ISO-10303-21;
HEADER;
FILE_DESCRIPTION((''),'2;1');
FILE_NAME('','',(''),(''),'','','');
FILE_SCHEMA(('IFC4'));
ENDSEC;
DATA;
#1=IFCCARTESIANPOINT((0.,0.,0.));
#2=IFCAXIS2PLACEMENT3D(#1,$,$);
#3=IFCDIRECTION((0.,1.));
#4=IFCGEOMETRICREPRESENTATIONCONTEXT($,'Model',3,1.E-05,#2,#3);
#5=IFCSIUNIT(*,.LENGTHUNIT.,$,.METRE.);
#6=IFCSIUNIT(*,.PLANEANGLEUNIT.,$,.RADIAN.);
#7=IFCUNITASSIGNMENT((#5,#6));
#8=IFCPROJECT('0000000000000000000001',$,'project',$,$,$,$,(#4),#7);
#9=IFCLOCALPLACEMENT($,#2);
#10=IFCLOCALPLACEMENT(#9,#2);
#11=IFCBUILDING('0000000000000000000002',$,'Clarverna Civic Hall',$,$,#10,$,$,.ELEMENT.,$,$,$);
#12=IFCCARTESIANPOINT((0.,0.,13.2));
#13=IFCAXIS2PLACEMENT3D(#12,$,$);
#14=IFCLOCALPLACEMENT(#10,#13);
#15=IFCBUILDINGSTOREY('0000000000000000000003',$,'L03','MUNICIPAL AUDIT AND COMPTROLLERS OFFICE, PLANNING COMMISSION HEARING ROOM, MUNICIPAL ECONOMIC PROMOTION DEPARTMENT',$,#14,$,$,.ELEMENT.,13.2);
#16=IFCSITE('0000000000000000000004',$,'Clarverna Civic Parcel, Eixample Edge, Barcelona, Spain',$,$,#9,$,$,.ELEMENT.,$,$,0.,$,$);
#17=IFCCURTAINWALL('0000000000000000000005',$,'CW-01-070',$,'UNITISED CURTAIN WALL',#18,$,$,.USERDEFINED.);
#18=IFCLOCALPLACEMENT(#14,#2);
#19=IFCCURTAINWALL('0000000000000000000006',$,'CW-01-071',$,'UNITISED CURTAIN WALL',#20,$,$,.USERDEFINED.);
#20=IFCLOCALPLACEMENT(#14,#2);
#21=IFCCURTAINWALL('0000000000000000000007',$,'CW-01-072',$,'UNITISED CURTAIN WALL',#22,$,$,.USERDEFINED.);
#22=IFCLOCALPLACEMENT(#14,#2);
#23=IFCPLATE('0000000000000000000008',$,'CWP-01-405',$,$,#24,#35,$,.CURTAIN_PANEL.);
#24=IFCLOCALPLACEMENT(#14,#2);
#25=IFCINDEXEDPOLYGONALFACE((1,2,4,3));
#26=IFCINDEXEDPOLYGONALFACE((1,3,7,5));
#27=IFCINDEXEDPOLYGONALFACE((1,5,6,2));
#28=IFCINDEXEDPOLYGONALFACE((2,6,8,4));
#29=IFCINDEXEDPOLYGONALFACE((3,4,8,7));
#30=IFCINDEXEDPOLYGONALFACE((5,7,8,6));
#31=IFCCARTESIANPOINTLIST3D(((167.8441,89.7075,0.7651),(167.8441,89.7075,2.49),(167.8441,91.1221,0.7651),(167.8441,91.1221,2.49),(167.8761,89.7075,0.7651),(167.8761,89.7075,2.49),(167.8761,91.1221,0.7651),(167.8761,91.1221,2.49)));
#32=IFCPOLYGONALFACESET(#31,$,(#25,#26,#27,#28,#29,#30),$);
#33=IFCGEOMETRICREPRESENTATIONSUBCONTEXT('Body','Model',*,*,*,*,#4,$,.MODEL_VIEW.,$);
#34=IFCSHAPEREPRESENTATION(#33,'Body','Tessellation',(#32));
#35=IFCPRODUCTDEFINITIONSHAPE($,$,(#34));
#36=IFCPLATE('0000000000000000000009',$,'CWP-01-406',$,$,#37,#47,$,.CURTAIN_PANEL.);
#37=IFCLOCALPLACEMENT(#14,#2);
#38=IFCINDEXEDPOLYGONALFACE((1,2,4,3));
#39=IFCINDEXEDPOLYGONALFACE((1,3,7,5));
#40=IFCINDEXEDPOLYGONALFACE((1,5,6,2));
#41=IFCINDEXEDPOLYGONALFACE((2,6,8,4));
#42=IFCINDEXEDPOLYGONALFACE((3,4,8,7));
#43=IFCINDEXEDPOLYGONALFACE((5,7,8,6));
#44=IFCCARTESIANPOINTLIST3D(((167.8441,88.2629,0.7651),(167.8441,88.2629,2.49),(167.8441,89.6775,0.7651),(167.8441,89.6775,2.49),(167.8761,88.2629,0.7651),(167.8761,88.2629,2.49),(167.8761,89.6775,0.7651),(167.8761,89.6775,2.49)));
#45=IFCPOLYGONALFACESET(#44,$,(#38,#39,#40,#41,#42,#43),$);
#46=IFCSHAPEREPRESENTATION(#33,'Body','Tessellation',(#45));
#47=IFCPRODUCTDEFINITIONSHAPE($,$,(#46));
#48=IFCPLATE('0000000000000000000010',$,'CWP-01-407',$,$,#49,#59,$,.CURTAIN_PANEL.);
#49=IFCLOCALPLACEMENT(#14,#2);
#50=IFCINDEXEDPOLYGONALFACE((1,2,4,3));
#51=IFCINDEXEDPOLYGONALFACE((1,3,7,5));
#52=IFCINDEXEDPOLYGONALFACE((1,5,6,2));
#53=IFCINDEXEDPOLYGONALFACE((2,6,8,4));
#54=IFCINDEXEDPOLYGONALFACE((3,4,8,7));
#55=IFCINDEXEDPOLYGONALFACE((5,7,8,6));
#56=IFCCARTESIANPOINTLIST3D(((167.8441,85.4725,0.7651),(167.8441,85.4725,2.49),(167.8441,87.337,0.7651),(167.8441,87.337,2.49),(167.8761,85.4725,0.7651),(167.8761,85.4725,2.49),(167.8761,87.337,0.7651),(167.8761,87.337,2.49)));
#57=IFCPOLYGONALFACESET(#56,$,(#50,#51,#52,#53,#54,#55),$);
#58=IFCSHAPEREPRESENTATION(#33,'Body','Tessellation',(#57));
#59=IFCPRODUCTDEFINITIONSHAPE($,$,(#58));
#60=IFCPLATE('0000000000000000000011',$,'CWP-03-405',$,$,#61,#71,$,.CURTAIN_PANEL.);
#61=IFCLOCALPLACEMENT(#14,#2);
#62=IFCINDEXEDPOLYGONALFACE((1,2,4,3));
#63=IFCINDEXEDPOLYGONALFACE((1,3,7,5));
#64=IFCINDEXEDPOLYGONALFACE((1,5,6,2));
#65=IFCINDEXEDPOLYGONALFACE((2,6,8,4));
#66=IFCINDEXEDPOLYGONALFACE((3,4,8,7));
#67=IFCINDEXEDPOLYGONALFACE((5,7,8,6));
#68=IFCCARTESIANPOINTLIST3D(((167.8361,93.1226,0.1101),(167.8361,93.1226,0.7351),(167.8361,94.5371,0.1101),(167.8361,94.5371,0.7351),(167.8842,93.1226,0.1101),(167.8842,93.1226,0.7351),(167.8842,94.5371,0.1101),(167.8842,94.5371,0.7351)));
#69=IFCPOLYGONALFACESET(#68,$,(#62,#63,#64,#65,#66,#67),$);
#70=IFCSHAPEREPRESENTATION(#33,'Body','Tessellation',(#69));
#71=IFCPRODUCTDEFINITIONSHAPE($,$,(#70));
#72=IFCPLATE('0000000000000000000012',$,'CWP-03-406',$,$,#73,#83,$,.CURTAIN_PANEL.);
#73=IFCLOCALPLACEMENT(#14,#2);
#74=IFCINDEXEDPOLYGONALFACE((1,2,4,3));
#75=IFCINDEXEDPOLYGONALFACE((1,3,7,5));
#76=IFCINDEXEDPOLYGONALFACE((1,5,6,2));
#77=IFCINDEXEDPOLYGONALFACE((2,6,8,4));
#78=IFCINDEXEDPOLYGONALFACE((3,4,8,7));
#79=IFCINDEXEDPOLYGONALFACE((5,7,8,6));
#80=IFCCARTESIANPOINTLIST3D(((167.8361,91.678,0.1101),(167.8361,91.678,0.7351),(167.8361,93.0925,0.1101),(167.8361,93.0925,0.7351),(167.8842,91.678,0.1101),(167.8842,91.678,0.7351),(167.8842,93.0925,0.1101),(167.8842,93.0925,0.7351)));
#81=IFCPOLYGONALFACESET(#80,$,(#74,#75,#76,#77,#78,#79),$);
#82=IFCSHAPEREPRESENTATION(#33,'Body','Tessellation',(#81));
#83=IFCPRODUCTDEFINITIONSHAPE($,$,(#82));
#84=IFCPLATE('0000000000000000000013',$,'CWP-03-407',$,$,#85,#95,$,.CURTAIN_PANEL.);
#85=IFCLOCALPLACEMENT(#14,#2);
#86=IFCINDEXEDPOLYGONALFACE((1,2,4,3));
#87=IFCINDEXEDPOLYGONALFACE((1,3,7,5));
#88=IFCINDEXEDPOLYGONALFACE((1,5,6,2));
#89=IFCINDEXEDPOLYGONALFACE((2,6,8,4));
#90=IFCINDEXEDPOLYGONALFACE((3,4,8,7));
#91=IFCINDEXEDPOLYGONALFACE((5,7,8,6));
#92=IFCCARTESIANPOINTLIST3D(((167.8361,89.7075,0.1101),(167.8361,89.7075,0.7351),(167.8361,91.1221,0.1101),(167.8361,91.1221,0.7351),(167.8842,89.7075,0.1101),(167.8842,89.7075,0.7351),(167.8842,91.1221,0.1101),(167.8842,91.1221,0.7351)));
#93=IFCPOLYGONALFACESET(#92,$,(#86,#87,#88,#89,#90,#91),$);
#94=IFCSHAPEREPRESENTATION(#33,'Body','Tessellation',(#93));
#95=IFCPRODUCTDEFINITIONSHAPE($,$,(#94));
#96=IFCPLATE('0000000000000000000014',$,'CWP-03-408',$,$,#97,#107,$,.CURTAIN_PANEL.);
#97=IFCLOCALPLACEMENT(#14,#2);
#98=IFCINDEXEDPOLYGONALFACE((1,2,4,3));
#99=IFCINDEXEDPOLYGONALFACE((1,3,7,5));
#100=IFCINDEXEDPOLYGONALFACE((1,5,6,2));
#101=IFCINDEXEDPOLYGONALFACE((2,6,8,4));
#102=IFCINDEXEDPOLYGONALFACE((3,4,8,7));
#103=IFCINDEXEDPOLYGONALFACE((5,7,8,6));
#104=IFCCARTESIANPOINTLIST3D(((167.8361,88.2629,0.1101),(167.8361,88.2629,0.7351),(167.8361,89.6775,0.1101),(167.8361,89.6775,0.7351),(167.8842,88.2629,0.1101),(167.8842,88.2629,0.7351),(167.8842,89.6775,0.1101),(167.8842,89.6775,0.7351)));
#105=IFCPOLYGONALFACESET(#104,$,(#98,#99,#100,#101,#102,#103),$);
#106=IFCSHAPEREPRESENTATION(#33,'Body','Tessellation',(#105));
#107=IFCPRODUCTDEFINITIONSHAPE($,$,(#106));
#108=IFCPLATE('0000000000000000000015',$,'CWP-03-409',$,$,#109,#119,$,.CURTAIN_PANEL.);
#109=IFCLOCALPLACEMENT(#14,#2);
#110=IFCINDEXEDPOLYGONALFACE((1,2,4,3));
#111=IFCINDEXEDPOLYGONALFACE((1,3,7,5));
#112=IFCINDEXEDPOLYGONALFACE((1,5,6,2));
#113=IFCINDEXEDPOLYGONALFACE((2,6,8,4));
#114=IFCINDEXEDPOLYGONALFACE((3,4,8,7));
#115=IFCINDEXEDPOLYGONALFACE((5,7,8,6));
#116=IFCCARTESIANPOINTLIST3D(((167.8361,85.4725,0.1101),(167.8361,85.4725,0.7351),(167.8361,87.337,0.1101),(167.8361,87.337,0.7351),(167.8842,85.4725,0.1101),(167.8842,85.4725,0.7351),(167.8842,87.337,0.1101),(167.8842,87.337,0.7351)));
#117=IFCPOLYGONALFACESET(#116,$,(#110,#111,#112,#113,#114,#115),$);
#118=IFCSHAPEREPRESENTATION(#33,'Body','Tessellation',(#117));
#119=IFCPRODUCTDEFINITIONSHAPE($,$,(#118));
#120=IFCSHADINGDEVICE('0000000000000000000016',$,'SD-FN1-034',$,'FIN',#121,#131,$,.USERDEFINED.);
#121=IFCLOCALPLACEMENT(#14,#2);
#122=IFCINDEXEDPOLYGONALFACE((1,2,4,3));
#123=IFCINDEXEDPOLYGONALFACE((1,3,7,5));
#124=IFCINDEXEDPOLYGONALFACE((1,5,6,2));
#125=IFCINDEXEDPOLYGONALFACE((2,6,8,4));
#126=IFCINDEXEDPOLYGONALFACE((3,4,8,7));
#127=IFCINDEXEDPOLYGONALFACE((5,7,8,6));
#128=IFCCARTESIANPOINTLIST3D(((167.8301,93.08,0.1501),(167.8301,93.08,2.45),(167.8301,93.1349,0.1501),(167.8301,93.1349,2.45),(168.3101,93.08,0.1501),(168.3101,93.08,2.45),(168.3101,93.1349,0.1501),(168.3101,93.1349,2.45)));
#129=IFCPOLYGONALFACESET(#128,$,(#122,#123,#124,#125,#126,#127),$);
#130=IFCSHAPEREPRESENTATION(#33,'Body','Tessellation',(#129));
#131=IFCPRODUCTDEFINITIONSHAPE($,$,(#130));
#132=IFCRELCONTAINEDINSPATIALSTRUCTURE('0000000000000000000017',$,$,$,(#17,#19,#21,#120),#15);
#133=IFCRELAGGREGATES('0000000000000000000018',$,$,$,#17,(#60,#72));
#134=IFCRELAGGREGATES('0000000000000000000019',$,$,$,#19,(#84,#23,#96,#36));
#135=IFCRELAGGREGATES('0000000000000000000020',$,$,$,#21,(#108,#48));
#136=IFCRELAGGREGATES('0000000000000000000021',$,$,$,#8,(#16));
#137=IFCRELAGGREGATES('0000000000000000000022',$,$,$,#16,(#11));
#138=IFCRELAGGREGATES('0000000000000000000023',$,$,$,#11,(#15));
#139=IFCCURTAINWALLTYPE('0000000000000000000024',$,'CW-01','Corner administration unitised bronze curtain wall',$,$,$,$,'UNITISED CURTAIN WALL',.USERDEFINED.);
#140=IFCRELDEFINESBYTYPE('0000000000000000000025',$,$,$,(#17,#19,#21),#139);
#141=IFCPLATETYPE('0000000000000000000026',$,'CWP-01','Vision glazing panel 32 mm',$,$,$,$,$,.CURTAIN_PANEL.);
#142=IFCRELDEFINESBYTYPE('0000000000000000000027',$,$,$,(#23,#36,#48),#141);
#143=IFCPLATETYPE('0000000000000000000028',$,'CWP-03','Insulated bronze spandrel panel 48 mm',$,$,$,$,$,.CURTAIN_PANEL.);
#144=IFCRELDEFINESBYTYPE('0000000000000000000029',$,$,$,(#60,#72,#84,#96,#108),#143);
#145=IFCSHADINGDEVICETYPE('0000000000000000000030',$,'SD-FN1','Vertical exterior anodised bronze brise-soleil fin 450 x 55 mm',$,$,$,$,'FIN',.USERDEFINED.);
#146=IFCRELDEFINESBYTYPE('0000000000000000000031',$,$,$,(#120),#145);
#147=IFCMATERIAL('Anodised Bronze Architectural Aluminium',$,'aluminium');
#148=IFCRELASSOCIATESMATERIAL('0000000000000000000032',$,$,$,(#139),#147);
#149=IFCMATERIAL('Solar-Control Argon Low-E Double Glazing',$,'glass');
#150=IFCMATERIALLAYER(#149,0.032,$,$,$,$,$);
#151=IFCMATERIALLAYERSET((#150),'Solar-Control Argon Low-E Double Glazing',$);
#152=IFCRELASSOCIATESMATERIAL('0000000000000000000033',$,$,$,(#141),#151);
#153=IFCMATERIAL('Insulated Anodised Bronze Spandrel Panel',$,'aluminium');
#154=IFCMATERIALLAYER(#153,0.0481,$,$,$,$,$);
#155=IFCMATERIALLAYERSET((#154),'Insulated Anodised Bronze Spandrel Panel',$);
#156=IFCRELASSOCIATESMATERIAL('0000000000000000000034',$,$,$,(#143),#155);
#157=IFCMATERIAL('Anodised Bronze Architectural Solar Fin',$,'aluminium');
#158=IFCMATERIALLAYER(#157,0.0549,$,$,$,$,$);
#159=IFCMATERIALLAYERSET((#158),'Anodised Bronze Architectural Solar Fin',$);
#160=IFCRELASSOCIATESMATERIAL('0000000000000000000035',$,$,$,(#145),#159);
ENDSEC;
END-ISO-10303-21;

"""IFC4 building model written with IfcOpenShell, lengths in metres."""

from ifc_helpers import new_model, si_unit, direction, frame, frame_2d, origin, place, context, subcontext, project, spatial, rectangle, extrude, material, layer, layer_set, type_object, element, aggregate, save


model = new_model("IFC4")

# Units and contexts
model_context = context("Model", 3, precision=1e-05, world=origin(), true_north=direction((0.0, 1.0)))
body_context = subcontext(model_context, "Body", "Model", "MODEL_VIEW")
ifc_project = project(units=[si_unit("LENGTHUNIT", "METRE"), si_unit("PLANEANGLEUNIT", "RADIAN")], contexts=[model_context])

# Site, building, storey
site_placement = place(None, origin())
site = spatial("IfcSite", under=ifc_project, at=site_placement, Name="Clarverna Civic Parcel, Eixample Edge, Barcelona, Spain", CompositionType="ELEMENT", RefElevation=0.0)
building_placement = place(site_placement, origin())
building = spatial("IfcBuilding", under=site, at=building_placement, Name="Clarverna Civic Hall", CompositionType="ELEMENT")
storey_placement = place(building_placement, frame((0.0, 0.0, 13.2)))
storey = spatial("IfcBuildingStorey", under=building, at=storey_placement, Name="L03", Description="MUNICIPAL AUDIT AND COMPTROLLERS OFFICE, PLANNING COMMISSION HEARING ROOM, MUNICIPAL ECONOMIC PROMOTION DEPARTMENT", CompositionType="ELEMENT", Elevation=13.2)

# Curtain walls
ifc_material_1 = material(Name="Anodised Bronze Architectural Aluminium", Category="aluminium")
curtain_wall_type = type_object("IfcCurtainWallType", Name="CW-01", Description="Corner administration unitised bronze curtain wall", ElementType="UNITISED CURTAIN WALL", PredefinedType="USERDEFINED", material=ifc_material_1)
curtain_wall_1_placement = place(storey_placement, origin())
curtain_wall_1 = element("IfcCurtainWall", 1, at=curtain_wall_1_placement, inside=storey, type_object=curtain_wall_type, Name="CW-01-070", ObjectType="UNITISED CURTAIN WALL", PredefinedType="USERDEFINED")
curtain_wall_2_placement = place(storey_placement, origin())
curtain_wall_2 = element("IfcCurtainWall", 2, at=curtain_wall_2_placement, inside=storey, type_object=curtain_wall_type, Name="CW-01-071", ObjectType="UNITISED CURTAIN WALL", PredefinedType="USERDEFINED")

# Curtain wall
curtain_wall_3_placement = place(storey_placement, origin())
curtain_wall_3 = element("IfcCurtainWall", 3, at=curtain_wall_3_placement, inside=storey, type_object=curtain_wall_type, Name="CW-01-072", ObjectType="UNITISED CURTAIN WALL", PredefinedType="USERDEFINED")

# Plates
ifc_material_2 = material(Name="Solar-Control Argon Low-E Double Glazing", Category="glass")
ifc_layer_1 = layer(ifc_material_2, 0.032)
ifc_layer_set_1 = layer_set([ifc_layer_1], Name="Solar-Control Argon Low-E Double Glazing")
plate_type_1 = type_object("IfcPlateType", Name="CWP-01", Description="Vision glazing panel 32 mm", PredefinedType="CURTAIN_PANEL", material=ifc_layer_set_1)
plate_1_placement = place(storey_placement, frame((167.8601, 91.1221, 0.7651), z_axis=(0.0, 0.0, 1.0), x_axis=(0.0, -1.0, 0.0)))
plate_1 = element("IfcPlate", 4, at=plate_1_placement, type_object=plate_type_1, Name="CWP-01-405", PredefinedType="CURTAIN_PANEL", context=body_context, shape_type="SweptSolid", body=[
    extrude(rectangle(XDim=1.4146, YDim=0.032, at=frame_2d((0.7073, 0.0))), origin(), (0.0, 0.0, 1.0), 1.7249),
])
plate_2_placement = place(storey_placement, frame((167.8601, 89.6775, 0.7651), z_axis=(0.0, 0.0, 1.0), x_axis=(0.0, -1.0, 0.0)))
plate_2 = element("IfcPlate", 5, at=plate_2_placement, type_object=plate_type_1, Name="CWP-01-406", PredefinedType="CURTAIN_PANEL", context=body_context, shape_type="SweptSolid", body=[
    extrude(rectangle(XDim=1.4146, YDim=0.032, at=frame_2d((0.7073, 0.0))), origin(), (0.0, 0.0, 1.0), 1.7249),
])
plate_3_placement = place(storey_placement, frame((167.8601, 87.3369, 0.7651), z_axis=(0.0, 0.0, 1.0), x_axis=(0.0, -1.0, 0.0)))
plate_3 = element("IfcPlate", 6, at=plate_3_placement, type_object=plate_type_1, Name="CWP-01-407", PredefinedType="CURTAIN_PANEL", context=body_context, shape_type="SweptSolid", body=[
    extrude(rectangle(XDim=1.8645, YDim=0.032, at=frame_2d((0.9321, 0.0))), origin(), (0.0, 0.0, 1.0), 1.7249),
])
ifc_material_3 = material(Name="Insulated Anodised Bronze Spandrel Panel", Category="aluminium")
ifc_layer_2 = layer(ifc_material_3, 0.0481)
ifc_layer_set_2 = layer_set([ifc_layer_2], Name="Insulated Anodised Bronze Spandrel Panel")
plate_type_2 = type_object("IfcPlateType", Name="CWP-03", Description="Insulated bronze spandrel panel 48 mm", PredefinedType="CURTAIN_PANEL", material=ifc_layer_set_2)
plate_4_placement = place(storey_placement, frame((167.8601, 94.5371, 0.1101), z_axis=(0.0, 0.0, 1.0), x_axis=(0.0, -1.0, 0.0)))
plate_4 = element("IfcPlate", 7, at=plate_4_placement, type_object=plate_type_2, Name="CWP-03-405", PredefinedType="CURTAIN_PANEL", context=body_context, shape_type="SweptSolid", body=[
    extrude(rectangle(XDim=1.4146, YDim=0.0481, at=frame_2d((0.7073, 0.0))), origin(), (0.0, 0.0, 1.0), 0.625),
])
plate_5_placement = place(storey_placement, frame((167.8601, 93.0925, 0.1101), z_axis=(0.0, 0.0, 1.0), x_axis=(0.0, -1.0, 0.0)))
plate_5 = element("IfcPlate", 8, at=plate_5_placement, type_object=plate_type_2, Name="CWP-03-406", PredefinedType="CURTAIN_PANEL", context=body_context, shape_type="SweptSolid", body=[
    extrude(rectangle(XDim=1.4146, YDim=0.0481, at=frame_2d((0.7073, 0.0))), origin(), (0.0, 0.0, 1.0), 0.625),
])
aggregate(curtain_wall_1, [plate_4, plate_5])
plate_6_placement = place(storey_placement, frame((167.8601, 91.1221, 0.1101), z_axis=(0.0, 0.0, 1.0), x_axis=(0.0, -1.0, 0.0)))
plate_6 = element("IfcPlate", 9, at=plate_6_placement, type_object=plate_type_2, Name="CWP-03-407", PredefinedType="CURTAIN_PANEL", context=body_context, shape_type="SweptSolid", body=[
    extrude(rectangle(XDim=1.4146, YDim=0.0481, at=frame_2d((0.7073, 0.0))), origin(), (0.0, 0.0, 1.0), 0.625),
])
plate_7_placement = place(storey_placement, frame((167.8601, 89.6775, 0.1101), z_axis=(0.0, 0.0, 1.0), x_axis=(0.0, -1.0, 0.0)))
plate_7 = element("IfcPlate", 10, at=plate_7_placement, type_object=plate_type_2, Name="CWP-03-408", PredefinedType="CURTAIN_PANEL", context=body_context, shape_type="SweptSolid", body=[
    extrude(rectangle(XDim=1.4146, YDim=0.0481, at=frame_2d((0.7073, 0.0))), origin(), (0.0, 0.0, 1.0), 0.625),
])
aggregate(curtain_wall_2, [plate_6, plate_1, plate_7, plate_2])
plate_8_placement = place(storey_placement, frame((167.8601, 87.3369, 0.1101), z_axis=(0.0, 0.0, 1.0), x_axis=(0.0, -1.0, 0.0)))
plate_8 = element("IfcPlate", 11, at=plate_8_placement, type_object=plate_type_2, Name="CWP-03-409", PredefinedType="CURTAIN_PANEL", context=body_context, shape_type="SweptSolid", body=[
    extrude(rectangle(XDim=1.8645, YDim=0.0481, at=frame_2d((0.9321, 0.0))), origin(), (0.0, 0.0, 1.0), 0.625),
])
aggregate(curtain_wall_3, [plate_8, plate_3])

# Shading device
ifc_material_4 = material(Name="Anodised Bronze Architectural Solar Fin", Category="aluminium")
ifc_layer_3 = layer(ifc_material_4, 0.0549)
ifc_layer_set_3 = layer_set([ifc_layer_3], Name="Anodised Bronze Architectural Solar Fin")
shading_device_type = type_object("IfcShadingDeviceType", Name="SD-FN1", Description="Vertical exterior anodised bronze brise-soleil fin 450 x 55 mm", ElementType="FIN", PredefinedType="USERDEFINED", material=ifc_layer_set_3)
shading_device_placement = place(storey_placement, frame((167.8301, 93.1074, 0.1501), z_axis=(0.0, 0.0, 1.0), x_axis=(1.0, 0.0, 0.0)))
element("IfcShadingDevice", 12, at=shading_device_placement, inside=storey, type_object=shading_device_type, Name="SD-FN1-034", ObjectType="FIN", PredefinedType="USERDEFINED", context=body_context, shape_type="SweptSolid", body=[
    extrude(rectangle(XDim=0.48, YDim=0.0549, at=frame_2d((0.24, 0.0))), origin(), (0.0, 0.0, 1.0), 2.2998),
])

save(model, "model.ifc")
